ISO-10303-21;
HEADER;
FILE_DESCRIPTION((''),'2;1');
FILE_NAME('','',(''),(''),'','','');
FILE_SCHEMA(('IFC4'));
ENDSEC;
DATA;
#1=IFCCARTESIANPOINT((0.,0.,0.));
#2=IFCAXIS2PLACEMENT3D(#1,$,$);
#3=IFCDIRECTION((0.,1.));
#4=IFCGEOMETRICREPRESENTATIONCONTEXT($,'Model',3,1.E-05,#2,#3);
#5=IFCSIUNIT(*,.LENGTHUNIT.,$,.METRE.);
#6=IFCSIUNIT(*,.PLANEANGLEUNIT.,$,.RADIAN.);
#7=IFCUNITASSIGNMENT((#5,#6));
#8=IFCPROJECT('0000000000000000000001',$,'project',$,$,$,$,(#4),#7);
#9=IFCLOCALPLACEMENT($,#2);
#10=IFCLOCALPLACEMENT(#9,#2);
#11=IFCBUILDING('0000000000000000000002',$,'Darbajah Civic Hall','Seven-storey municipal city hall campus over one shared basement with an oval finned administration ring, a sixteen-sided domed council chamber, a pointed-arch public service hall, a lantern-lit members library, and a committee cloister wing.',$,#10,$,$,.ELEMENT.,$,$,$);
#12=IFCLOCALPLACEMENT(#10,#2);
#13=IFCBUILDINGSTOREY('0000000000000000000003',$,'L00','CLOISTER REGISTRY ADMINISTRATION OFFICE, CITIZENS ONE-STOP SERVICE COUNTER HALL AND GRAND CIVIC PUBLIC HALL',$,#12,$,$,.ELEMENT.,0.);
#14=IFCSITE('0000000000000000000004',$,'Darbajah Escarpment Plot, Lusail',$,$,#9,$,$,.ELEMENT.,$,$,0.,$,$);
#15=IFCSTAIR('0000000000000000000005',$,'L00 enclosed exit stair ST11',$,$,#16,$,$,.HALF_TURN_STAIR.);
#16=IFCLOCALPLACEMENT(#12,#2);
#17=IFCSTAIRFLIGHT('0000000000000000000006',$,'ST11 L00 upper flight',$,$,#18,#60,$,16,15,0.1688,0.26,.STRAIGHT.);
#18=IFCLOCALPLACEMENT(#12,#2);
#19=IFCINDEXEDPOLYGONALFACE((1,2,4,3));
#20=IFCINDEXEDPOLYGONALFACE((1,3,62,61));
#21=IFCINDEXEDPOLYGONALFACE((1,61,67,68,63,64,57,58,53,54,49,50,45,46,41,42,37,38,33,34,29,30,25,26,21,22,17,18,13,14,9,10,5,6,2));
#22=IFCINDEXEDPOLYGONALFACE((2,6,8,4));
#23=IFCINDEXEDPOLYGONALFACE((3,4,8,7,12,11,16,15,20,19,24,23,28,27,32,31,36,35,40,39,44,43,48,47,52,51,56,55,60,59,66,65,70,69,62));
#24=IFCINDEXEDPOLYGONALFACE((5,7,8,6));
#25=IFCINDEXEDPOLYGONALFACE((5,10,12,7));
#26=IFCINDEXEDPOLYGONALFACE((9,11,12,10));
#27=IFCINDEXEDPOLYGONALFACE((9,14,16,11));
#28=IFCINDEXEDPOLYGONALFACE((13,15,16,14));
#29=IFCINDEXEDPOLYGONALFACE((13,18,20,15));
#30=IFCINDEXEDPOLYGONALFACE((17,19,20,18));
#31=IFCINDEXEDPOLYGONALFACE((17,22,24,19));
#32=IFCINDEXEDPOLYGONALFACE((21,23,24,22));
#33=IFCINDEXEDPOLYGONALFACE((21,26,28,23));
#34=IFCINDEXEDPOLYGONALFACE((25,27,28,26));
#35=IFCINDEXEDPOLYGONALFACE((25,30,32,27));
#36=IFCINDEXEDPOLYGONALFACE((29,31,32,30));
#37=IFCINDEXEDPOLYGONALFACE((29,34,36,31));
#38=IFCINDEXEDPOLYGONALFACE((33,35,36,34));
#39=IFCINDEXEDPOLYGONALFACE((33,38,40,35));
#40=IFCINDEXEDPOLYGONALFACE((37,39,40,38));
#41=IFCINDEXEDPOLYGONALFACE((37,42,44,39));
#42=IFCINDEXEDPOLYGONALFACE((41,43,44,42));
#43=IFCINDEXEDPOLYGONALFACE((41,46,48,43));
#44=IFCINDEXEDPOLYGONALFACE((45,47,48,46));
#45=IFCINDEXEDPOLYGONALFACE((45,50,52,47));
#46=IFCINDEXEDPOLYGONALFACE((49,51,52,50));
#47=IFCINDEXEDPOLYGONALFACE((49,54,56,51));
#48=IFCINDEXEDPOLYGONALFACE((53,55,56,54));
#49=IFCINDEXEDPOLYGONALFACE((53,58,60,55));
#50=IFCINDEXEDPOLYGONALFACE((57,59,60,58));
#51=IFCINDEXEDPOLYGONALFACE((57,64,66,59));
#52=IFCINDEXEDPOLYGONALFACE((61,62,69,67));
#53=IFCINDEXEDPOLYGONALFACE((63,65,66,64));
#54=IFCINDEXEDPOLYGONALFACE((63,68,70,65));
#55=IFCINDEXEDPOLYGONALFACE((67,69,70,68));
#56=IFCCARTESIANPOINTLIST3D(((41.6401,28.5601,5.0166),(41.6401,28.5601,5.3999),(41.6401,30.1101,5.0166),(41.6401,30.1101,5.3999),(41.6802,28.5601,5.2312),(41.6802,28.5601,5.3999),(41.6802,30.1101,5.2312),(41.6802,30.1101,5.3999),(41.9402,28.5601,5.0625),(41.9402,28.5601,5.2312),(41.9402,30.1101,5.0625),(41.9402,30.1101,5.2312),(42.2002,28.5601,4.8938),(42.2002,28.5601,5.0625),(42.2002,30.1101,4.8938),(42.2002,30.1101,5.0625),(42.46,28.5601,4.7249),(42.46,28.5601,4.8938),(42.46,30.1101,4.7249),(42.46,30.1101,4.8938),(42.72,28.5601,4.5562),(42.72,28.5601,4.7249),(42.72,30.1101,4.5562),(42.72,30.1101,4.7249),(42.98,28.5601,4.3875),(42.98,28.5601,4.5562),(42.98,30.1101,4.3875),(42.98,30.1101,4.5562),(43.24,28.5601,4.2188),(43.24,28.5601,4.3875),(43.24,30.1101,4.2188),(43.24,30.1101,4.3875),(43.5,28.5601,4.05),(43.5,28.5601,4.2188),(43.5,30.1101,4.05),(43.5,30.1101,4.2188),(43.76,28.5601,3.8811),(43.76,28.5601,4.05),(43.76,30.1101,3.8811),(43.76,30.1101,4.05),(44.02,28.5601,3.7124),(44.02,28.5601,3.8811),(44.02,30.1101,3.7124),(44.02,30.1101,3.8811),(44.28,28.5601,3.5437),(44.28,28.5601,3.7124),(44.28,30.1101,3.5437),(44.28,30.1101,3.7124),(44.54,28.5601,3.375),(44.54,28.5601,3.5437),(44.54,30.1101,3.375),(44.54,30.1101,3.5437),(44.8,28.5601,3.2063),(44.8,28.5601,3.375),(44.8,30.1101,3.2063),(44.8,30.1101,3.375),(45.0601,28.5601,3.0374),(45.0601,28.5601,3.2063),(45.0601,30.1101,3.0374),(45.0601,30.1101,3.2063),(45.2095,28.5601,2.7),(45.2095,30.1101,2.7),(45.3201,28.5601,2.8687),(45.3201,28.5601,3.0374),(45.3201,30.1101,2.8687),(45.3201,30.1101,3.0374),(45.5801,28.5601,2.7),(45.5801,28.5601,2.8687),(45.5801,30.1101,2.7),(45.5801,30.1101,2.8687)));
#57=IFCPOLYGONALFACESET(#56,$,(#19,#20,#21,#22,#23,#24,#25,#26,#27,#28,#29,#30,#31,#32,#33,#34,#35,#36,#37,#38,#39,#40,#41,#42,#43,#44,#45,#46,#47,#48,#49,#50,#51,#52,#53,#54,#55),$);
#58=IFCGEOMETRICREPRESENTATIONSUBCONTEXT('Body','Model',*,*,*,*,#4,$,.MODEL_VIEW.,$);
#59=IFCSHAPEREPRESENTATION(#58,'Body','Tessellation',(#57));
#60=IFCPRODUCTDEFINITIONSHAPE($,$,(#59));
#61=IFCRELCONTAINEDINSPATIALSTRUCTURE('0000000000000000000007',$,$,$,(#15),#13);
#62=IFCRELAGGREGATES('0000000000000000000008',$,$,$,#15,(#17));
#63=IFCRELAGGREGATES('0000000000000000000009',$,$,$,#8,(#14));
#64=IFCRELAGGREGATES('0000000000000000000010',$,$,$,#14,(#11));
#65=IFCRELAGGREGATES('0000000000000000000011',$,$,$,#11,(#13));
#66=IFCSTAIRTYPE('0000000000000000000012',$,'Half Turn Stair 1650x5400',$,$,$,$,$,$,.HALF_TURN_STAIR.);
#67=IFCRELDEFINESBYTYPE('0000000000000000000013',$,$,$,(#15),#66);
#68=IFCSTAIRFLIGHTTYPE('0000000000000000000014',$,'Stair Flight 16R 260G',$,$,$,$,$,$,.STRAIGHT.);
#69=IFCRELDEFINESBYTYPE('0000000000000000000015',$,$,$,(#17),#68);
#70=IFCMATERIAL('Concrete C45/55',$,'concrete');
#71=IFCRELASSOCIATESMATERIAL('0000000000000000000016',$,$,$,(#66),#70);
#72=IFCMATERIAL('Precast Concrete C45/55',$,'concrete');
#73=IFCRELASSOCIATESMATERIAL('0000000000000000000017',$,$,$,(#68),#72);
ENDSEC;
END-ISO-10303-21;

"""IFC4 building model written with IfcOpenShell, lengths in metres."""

from ifc_helpers import new_model, si_unit, direction, frame, origin, place, context, subcontext, project, spatial, polyline, outline, extrude, material, type_object, element, aggregate, save


model = new_model("IFC4")

# Units and contexts
model_context = context("Model", 3, precision=1e-05, world=origin(), true_north=direction((0.0, 1.0)))
body_context = subcontext(model_context, "Body", "Model", "MODEL_VIEW")
ifc_project = project(units=[si_unit("LENGTHUNIT", "METRE"), si_unit("PLANEANGLEUNIT", "RADIAN")], contexts=[model_context])

# Site, building, storey
site_placement = place(None, origin())
site = spatial("IfcSite", under=ifc_project, at=site_placement, Name="Darbajah Escarpment Plot, Lusail", CompositionType="ELEMENT", RefElevation=0.0)
building_placement = place(site_placement, origin())
building = spatial("IfcBuilding", under=site, at=building_placement, Name="Darbajah Civic Hall", Description="Seven-storey municipal city hall campus over one shared basement with an oval finned administration ring, a sixteen-sided domed council chamber, a pointed-arch public service hall, a lantern-lit members library, and a committee cloister wing.", CompositionType="ELEMENT")
storey_placement = place(building_placement, origin())
storey = spatial("IfcBuildingStorey", under=building, at=storey_placement, Name="L00", Description="CLOISTER REGISTRY ADMINISTRATION OFFICE, CITIZENS ONE-STOP SERVICE COUNTER HALL AND GRAND CIVIC PUBLIC HALL", CompositionType="ELEMENT", Elevation=0.0)

# Shared definitions
ifc_material_1 = material(Name="Concrete C45/55", Category="concrete")

# Stair, stair flight
stair_type = type_object("IfcStairType", Name="Half Turn Stair 1650x5400", PredefinedType="HALF_TURN_STAIR", material=ifc_material_1)
stair_placement = place(storey_placement, origin())
stair = element("IfcStair", 1, at=stair_placement, inside=storey, type_object=stair_type, Name="L00 enclosed exit stair ST11", PredefinedType="HALF_TURN_STAIR")
ifc_material_2 = material(Name="Precast Concrete C45/55", Category="concrete")
stair_flight_type = type_object("IfcStairFlightType", Name="Stair Flight 16R 260G", PredefinedType="STRAIGHT", material=ifc_material_2)
stair_flight_placement = place(storey_placement, frame((45.5801, 29.335, 2.7), z_axis=(0.0, 0.0, 1.0), x_axis=(-1.0, 0.0, 0.0)))
stair_flight = element("IfcStairFlight", 2, at=stair_flight_placement, type_object=stair_flight_type, Name="ST11 L00 upper flight", NumberOfRisers=16, NumberOfTreads=15, PredefinedType="STRAIGHT", RiserHeight=0.1688, TreadLength=0.26, context=body_context, shape_type="SweptSolid", body=[
    extrude(outline(polyline([(0.0, 0.0), (0.0, 0.1687), (0.26, 0.1687), (0.26, 0.3374), (0.52, 0.3374), (0.52, 0.5063), (0.78, 0.5063), (0.78, 0.675), (1.04, 0.675), (1.04, 0.8438), (1.3, 0.8438), (1.3, 1.0125), (1.5601, 1.0125), (1.5601, 1.1812), (1.8201, 1.1812), (1.8201, 1.3501), (2.0801, 1.3501), (2.0801, 1.5188), (2.3401, 1.5188), (2.3401, 1.6875), (2.6001, 1.6875), (2.6001, 1.8562), (2.8601, 1.8562), (2.8601, 2.0249), (3.1201, 2.0249), (3.1201, 2.1938), (3.3799, 2.1938), (3.3799, 2.3625), (3.6399, 2.3625), (3.6399, 2.5312), (3.8999, 2.5312), (3.8999, 2.7), (3.9399, 2.7), (3.9399, 2.3167), (0.3706, 0.0), (0.0, 0.0)])), frame((0.0, 0.7749, 0.0), z_axis=(0.0, -1.0, 0.0), x_axis=(1.0, 0.0, 0.0)), (0.0, 0.0, 1.0), 1.55),
])
aggregate(stair, [stair_flight])

save(model, "model.ifc")
